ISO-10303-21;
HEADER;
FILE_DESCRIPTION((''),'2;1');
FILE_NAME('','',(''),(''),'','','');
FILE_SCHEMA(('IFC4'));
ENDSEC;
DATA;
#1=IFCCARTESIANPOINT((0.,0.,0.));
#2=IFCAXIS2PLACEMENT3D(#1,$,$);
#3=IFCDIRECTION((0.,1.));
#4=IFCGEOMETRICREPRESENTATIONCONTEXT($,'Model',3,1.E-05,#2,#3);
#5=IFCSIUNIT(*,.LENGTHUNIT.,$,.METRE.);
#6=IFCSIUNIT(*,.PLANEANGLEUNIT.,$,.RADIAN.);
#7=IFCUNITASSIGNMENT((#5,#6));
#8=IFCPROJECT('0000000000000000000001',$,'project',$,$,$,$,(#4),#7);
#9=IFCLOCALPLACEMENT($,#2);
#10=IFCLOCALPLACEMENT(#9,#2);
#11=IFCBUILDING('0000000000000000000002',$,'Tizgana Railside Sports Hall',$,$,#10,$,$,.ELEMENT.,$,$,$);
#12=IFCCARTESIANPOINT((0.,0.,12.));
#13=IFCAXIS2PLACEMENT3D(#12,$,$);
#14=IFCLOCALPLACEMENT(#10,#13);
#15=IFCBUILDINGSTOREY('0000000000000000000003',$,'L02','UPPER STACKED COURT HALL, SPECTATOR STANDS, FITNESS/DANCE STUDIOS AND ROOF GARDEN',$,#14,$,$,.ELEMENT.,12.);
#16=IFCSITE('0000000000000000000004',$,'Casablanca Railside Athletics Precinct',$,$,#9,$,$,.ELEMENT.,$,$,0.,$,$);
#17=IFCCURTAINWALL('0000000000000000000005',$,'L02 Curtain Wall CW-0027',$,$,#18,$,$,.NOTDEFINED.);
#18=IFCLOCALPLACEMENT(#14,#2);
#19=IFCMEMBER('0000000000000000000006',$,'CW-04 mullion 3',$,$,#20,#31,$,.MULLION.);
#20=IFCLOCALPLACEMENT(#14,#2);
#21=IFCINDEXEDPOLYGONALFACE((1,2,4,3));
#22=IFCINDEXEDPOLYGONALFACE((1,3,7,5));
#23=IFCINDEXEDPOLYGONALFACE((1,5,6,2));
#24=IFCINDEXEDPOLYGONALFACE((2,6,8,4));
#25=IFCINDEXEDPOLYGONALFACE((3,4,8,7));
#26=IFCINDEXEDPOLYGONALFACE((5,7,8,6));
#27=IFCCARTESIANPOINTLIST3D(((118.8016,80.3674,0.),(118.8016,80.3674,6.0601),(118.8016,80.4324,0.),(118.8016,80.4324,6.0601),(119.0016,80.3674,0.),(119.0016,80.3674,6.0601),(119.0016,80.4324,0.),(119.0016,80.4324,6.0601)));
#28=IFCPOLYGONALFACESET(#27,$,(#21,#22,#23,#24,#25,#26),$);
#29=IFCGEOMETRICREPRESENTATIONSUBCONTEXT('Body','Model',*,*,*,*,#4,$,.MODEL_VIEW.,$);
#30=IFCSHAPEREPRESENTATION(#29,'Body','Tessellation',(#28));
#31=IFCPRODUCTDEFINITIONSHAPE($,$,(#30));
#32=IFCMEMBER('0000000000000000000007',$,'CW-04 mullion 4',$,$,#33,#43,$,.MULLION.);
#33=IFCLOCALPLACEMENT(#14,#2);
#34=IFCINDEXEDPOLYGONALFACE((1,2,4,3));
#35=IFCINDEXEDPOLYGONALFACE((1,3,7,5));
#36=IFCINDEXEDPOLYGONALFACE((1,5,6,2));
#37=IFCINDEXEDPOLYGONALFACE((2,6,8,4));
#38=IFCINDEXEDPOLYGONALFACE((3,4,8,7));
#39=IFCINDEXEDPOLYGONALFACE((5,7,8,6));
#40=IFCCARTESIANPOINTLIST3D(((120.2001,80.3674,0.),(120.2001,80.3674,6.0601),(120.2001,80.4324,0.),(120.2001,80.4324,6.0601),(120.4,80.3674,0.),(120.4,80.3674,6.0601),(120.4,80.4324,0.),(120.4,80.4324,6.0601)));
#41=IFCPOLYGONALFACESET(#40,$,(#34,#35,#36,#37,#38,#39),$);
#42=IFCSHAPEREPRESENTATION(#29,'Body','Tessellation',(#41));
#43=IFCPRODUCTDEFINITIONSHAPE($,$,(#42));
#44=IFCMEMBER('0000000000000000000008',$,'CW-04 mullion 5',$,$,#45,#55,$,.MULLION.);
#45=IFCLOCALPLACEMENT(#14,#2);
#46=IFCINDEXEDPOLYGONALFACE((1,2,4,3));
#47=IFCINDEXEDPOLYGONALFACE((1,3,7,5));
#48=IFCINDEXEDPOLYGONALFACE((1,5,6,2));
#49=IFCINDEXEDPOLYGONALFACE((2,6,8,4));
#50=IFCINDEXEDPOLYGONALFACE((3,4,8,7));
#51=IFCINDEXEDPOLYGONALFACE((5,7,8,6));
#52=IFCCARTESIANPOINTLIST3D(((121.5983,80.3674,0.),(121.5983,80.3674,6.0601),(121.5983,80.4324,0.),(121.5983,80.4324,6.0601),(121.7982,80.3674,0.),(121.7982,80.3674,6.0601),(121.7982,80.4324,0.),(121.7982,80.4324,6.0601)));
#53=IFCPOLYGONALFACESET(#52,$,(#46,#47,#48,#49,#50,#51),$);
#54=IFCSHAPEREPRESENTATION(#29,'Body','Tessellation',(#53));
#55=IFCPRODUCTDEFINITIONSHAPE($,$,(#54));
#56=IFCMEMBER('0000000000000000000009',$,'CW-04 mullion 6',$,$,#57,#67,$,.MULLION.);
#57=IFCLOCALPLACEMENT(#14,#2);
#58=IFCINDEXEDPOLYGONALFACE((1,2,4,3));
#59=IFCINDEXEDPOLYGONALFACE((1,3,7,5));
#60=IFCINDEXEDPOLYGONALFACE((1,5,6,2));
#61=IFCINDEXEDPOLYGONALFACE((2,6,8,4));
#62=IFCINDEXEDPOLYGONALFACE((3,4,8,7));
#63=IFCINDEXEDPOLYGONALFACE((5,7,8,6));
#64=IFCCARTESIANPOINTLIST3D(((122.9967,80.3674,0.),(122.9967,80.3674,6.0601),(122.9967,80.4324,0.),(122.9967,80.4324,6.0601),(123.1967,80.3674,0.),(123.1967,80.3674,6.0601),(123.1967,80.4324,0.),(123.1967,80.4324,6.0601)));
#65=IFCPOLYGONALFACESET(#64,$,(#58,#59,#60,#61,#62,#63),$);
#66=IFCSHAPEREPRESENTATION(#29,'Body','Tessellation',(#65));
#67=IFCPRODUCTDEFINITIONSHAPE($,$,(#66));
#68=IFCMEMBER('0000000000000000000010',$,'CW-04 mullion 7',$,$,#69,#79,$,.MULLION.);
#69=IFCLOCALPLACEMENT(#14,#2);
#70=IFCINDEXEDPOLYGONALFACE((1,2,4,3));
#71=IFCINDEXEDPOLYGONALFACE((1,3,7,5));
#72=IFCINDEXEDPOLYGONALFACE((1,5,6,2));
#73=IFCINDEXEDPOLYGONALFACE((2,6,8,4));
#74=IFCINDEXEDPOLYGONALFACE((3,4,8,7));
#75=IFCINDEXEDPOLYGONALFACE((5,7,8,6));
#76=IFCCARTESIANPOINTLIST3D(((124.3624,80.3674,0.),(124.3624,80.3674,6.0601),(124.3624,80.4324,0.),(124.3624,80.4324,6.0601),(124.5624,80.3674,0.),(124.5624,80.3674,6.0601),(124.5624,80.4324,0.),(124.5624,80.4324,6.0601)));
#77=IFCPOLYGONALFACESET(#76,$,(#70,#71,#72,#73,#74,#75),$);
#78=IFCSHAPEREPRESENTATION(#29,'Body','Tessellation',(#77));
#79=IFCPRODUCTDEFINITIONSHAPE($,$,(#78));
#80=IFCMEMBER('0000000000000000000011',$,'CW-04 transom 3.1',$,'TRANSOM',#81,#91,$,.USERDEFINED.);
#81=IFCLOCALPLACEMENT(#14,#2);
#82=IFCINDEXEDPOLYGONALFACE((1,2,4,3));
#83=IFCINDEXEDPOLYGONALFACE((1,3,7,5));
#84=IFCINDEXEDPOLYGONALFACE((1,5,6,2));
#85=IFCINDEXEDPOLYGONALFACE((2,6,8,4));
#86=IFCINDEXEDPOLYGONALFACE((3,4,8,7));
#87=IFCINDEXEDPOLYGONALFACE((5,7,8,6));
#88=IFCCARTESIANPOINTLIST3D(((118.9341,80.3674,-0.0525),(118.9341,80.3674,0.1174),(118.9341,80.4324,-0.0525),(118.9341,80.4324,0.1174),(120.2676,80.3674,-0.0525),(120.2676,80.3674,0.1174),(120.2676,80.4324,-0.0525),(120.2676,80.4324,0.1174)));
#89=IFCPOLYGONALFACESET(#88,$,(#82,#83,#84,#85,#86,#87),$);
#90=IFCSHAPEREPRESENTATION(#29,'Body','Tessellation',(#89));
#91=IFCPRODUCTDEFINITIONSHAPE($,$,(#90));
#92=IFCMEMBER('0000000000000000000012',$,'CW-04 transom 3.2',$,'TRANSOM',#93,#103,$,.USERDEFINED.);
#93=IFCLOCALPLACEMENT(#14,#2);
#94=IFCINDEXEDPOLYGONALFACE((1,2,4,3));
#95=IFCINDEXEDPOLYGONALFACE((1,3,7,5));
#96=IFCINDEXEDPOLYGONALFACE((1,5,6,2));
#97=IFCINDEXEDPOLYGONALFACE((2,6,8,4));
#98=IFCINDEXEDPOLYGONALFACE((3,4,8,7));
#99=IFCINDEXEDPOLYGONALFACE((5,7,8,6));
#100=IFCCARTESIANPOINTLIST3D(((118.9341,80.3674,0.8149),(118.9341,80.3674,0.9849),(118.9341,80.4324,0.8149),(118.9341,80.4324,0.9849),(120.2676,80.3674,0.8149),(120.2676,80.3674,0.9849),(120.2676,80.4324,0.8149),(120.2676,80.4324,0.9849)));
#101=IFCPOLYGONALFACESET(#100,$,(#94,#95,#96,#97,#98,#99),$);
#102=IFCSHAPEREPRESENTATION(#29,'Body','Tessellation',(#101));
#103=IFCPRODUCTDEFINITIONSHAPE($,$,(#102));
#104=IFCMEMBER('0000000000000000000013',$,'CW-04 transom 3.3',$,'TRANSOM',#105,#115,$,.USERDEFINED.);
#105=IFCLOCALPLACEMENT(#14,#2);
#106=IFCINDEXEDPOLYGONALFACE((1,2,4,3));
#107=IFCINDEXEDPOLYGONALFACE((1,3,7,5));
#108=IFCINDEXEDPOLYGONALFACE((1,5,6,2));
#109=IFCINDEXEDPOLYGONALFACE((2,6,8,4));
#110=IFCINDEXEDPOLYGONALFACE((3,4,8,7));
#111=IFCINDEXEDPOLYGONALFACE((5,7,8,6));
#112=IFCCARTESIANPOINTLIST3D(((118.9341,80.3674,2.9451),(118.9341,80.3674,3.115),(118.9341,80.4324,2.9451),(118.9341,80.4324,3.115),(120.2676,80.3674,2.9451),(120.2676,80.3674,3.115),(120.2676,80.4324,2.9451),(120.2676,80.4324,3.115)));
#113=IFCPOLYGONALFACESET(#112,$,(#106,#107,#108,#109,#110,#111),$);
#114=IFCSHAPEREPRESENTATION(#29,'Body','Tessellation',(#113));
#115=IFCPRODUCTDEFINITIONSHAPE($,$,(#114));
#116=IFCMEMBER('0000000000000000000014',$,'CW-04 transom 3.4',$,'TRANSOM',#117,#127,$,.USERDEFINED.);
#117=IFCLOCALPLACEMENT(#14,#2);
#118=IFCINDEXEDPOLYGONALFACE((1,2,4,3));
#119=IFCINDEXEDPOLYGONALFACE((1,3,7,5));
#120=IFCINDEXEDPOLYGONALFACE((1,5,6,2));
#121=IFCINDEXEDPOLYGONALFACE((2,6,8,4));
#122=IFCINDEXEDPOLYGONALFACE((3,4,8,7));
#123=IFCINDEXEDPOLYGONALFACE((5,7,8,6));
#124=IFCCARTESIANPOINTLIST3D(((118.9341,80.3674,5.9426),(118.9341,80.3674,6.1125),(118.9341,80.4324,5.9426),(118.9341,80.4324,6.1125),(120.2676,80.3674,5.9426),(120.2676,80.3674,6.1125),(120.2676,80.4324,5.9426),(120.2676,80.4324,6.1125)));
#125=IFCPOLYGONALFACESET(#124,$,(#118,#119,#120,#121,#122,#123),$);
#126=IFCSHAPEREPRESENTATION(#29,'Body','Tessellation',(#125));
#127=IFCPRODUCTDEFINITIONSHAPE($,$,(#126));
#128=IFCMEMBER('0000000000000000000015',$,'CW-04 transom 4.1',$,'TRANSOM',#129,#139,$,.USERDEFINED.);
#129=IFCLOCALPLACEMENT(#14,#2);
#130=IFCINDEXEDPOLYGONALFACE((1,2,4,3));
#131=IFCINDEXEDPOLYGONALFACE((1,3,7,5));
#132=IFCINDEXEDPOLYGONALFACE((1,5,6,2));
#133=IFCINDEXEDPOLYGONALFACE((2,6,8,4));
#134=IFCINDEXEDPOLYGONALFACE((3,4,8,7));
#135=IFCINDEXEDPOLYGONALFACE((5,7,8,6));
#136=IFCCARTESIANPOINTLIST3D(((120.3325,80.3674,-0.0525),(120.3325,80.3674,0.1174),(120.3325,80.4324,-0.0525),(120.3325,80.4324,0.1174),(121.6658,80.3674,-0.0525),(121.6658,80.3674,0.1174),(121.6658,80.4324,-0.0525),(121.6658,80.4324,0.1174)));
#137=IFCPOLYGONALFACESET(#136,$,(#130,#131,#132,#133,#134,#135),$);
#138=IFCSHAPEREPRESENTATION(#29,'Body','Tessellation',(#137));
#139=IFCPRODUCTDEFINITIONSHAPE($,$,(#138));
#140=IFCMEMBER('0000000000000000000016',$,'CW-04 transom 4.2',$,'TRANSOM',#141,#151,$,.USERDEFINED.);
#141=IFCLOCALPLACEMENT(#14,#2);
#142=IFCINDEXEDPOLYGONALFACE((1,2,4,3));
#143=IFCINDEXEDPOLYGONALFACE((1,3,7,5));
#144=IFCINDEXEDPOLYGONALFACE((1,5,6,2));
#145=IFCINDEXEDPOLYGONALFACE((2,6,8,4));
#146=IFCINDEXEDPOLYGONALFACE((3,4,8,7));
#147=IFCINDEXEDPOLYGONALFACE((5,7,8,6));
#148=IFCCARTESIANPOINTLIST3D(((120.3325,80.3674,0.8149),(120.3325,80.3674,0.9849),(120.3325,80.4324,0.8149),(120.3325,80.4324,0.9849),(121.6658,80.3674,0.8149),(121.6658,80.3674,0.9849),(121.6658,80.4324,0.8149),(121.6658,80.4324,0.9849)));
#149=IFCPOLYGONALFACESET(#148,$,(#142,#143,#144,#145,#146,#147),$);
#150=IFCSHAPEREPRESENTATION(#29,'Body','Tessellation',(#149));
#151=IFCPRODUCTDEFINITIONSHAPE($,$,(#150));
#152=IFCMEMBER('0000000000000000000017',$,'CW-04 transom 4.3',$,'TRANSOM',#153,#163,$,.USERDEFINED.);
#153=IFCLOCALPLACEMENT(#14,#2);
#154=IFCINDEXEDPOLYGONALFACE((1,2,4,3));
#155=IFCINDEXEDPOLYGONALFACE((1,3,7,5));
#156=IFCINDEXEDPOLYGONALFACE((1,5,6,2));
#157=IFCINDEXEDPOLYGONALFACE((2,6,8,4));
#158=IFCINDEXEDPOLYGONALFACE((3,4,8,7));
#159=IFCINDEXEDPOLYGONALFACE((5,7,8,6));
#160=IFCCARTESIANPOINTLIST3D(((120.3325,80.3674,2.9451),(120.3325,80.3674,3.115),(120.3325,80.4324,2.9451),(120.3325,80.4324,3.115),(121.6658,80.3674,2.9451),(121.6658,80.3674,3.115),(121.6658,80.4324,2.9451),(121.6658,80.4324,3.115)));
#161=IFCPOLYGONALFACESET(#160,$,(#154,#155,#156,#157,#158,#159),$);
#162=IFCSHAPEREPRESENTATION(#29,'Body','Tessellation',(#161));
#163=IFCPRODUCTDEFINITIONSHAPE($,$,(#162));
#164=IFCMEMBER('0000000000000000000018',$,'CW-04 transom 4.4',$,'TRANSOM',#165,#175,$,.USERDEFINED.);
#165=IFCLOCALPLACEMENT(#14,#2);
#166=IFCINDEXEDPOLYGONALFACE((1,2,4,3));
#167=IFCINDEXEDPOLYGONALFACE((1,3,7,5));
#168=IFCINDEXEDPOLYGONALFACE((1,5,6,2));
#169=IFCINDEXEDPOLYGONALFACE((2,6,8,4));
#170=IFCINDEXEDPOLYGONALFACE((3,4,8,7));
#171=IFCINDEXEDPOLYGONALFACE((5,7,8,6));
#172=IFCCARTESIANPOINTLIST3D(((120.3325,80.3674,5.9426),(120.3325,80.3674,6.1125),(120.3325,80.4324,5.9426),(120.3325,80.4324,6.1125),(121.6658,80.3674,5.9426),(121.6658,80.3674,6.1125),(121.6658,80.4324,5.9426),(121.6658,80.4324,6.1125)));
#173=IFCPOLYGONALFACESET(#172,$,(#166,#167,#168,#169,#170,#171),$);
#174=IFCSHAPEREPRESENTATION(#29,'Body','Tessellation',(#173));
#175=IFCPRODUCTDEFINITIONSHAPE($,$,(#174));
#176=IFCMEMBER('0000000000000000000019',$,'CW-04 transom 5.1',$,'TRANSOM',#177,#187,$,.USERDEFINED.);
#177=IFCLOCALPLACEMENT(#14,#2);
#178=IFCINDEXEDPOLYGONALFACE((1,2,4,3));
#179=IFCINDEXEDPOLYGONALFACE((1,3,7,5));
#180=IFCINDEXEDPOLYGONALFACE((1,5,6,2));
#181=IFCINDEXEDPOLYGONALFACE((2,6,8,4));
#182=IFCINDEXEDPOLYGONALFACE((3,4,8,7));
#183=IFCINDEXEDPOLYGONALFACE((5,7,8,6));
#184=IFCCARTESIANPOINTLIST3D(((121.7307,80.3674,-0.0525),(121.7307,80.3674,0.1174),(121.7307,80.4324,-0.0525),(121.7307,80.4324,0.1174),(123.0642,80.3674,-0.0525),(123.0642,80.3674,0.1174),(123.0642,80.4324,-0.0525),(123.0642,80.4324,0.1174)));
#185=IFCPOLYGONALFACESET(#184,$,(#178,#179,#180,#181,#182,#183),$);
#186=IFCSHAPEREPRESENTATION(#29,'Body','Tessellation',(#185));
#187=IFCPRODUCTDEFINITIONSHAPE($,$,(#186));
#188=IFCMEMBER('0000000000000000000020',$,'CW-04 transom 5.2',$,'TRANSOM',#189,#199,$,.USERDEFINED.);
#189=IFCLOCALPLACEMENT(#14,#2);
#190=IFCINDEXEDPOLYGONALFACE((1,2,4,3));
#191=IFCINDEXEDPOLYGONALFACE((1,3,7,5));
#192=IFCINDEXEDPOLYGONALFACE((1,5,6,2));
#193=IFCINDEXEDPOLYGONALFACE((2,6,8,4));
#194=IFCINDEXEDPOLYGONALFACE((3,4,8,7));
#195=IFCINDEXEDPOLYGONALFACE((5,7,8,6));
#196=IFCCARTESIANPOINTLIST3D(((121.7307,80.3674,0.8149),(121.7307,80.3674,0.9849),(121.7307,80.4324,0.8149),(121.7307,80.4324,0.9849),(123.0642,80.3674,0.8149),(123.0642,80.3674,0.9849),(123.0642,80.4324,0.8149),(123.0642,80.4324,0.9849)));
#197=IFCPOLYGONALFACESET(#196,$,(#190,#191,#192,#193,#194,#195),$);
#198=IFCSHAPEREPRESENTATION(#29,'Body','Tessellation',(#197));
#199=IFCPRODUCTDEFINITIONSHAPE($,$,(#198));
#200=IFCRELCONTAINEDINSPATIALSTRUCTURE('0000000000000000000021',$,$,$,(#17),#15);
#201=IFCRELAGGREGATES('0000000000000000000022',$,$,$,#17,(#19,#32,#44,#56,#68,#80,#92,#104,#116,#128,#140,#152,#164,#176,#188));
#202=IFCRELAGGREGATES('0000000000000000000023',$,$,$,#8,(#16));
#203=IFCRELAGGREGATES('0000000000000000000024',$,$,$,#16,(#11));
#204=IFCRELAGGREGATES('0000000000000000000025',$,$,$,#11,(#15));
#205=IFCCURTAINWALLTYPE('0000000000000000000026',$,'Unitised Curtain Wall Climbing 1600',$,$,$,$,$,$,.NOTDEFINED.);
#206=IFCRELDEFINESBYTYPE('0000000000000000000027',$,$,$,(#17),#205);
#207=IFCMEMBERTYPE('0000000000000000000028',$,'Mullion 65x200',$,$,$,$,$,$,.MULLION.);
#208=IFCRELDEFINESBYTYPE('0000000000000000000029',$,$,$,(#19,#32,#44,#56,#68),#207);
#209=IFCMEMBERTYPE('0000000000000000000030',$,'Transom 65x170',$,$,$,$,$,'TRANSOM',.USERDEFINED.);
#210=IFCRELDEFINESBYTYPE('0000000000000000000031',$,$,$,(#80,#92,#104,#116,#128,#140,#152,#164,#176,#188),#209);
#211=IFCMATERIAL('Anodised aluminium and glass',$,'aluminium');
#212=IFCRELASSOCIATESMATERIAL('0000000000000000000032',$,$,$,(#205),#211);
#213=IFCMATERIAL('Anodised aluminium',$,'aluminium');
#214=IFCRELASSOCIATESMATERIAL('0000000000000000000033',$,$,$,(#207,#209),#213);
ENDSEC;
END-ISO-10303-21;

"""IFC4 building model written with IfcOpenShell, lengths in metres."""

from ifc_helpers import new_model, si_unit, direction, frame, origin, origin_2d, place, context, subcontext, project, spatial, rectangle, extrude, material, material_profile, profile_set, type_object, element, aggregate, save


model = new_model("IFC4")

# Units and contexts
model_context = context("Model", 3, precision=1e-05, world=origin(), true_north=direction((0.0, 1.0)))
body_context = subcontext(model_context, "Body", "Model", "MODEL_VIEW")
ifc_project = project(units=[si_unit("LENGTHUNIT", "METRE"), si_unit("PLANEANGLEUNIT", "RADIAN")], contexts=[model_context])

# Site, building, storey
site_placement = place(None, origin())
site = spatial("IfcSite", under=ifc_project, at=site_placement, Name="Casablanca Railside Athletics Precinct", CompositionType="ELEMENT", RefElevation=0.0)
building_placement = place(site_placement, origin())
building = spatial("IfcBuilding", under=site, at=building_placement, Name="Tizgana Railside Sports Hall", CompositionType="ELEMENT")
storey_placement = place(building_placement, frame((0.0, 0.0, 12.0)))
storey = spatial("IfcBuildingStorey", under=building, at=storey_placement, Name="L02", Description="UPPER STACKED COURT HALL, SPECTATOR STANDS, FITNESS/DANCE STUDIOS AND ROOF GARDEN", CompositionType="ELEMENT", Elevation=12.0)

# Curtain wall, members
ifc_material_1 = material(Name="Anodised aluminium and glass", Category="aluminium")
curtain_wall_type = type_object("IfcCurtainWallType", Name="Unitised Curtain Wall Climbing 1600", PredefinedType="NOTDEFINED", material=ifc_material_1)
curtain_wall_placement = place(storey_placement, origin())
curtain_wall = element("IfcCurtainWall", 1, at=curtain_wall_placement, inside=storey, type_object=curtain_wall_type, Name="L02 Curtain Wall CW-0027", PredefinedType="NOTDEFINED")
ifc_material_2 = material(Name="Anodised aluminium", Category="aluminium")
ifc_material_profile_1 = material_profile(ifc_material_2, rectangle(XDim=0.0649, YDim=0.2, at=origin_2d()), Name="Mullion 65x200")
ifc_profile_set_1 = profile_set([ifc_material_profile_1], Name="Anodised aluminium")
member_type_1 = type_object("IfcMemberType", Name="Mullion 65x200", PredefinedType="MULLION", material=ifc_profile_set_1)
member_1_placement = place(storey_placement, frame((118.9016, 80.3999, 0.0), z_axis=(0.0, 0.0, 1.0), x_axis=(0.0, 1.0, 0.0)))
member_1 = element("IfcMember", 2, at=member_1_placement, type_object=member_type_1, Name="CW-04 mullion 3", PredefinedType="MULLION", context=body_context, shape_type="SweptSolid", body=[
    extrude(rectangle(XDim=0.0649, YDim=0.2, at=origin_2d()), origin(), (0.0, 0.0, 1.0), 6.0601),
])
member_2_placement = place(storey_placement, frame((120.3, 80.3999, 0.0), z_axis=(0.0, 0.0, 1.0), x_axis=(0.0, 1.0, 0.0)))
member_2 = element("IfcMember", 3, at=member_2_placement, type_object=member_type_1, Name="CW-04 mullion 4", PredefinedType="MULLION", context=body_context, shape_type="SweptSolid", body=[
    extrude(rectangle(XDim=0.0649, YDim=0.2, at=origin_2d()), origin(), (0.0, 0.0, 1.0), 6.0601),
])
member_3_placement = place(storey_placement, frame((121.6982, 80.3999, 0.0), z_axis=(0.0, 0.0, 1.0), x_axis=(0.0, 1.0, 0.0)))
member_3 = element("IfcMember", 4, at=member_3_placement, type_object=member_type_1, Name="CW-04 mullion 5", PredefinedType="MULLION", context=body_context, shape_type="SweptSolid", body=[
    extrude(rectangle(XDim=0.0649, YDim=0.2, at=origin_2d()), origin(), (0.0, 0.0, 1.0), 6.0601),
])
member_4_placement = place(storey_placement, frame((123.0967, 80.3999, 0.0), z_axis=(0.0, 0.0, 1.0), x_axis=(0.0, 1.0, 0.0)))
member_4 = element("IfcMember", 5, at=member_4_placement, type_object=member_type_1, Name="CW-04 mullion 6", PredefinedType="MULLION", context=body_context, shape_type="SweptSolid", body=[
    extrude(rectangle(XDim=0.0649, YDim=0.2, at=origin_2d()), origin(), (0.0, 0.0, 1.0), 6.0601),
])
member_5_placement = place(storey_placement, frame((124.4624, 80.3999, 0.0), z_axis=(0.0, 0.0, 1.0), x_axis=(0.0, 1.0, 0.0)))
member_5 = element("IfcMember", 6, at=member_5_placement, type_object=member_type_1, Name="CW-04 mullion 7", PredefinedType="MULLION", context=body_context, shape_type="SweptSolid", body=[
    extrude(rectangle(XDim=0.0649, YDim=0.2, at=origin_2d()), origin(), (0.0, 0.0, 1.0), 6.0601),
])
ifc_material_profile_2 = material_profile(ifc_material_2, rectangle(XDim=0.0649, YDim=0.1699, at=origin_2d()), Name="Transom 65x170")
ifc_profile_set_2 = profile_set([ifc_material_profile_2], Name="Anodised aluminium")
member_type_2 = type_object("IfcMemberType", Name="Transom 65x170", ElementType="TRANSOM", PredefinedType="USERDEFINED", material=ifc_profile_set_2)
member_6_placement = place(storey_placement, frame((118.9341, 80.3999, 0.0325), z_axis=(1.0, 0.0, 0.0), x_axis=(0.0, 1.0, 0.0)))
member_6 = element("IfcMember", 7, at=member_6_placement, type_object=member_type_2, Name="CW-04 transom 3.1", ObjectType="TRANSOM", PredefinedType="USERDEFINED", context=body_context, shape_type="SweptSolid", body=[
    extrude(rectangle(XDim=0.0649, YDim=0.1699, at=origin_2d()), origin(), (0.0, 0.0, 1.0), 1.3335),
])
member_7_placement = place(storey_placement, frame((118.9341, 80.3999, 0.8999), z_axis=(1.0, 0.0, 0.0), x_axis=(0.0, 1.0, 0.0)))
member_7 = element("IfcMember", 8, at=member_7_placement, type_object=member_type_2, Name="CW-04 transom 3.2", ObjectType="TRANSOM", PredefinedType="USERDEFINED", context=body_context, shape_type="SweptSolid", body=[
    extrude(rectangle(XDim=0.0649, YDim=0.1699, at=origin_2d()), origin(), (0.0, 0.0, 1.0), 1.3335),
])
member_8_placement = place(storey_placement, frame((118.9341, 80.3999, 3.03), z_axis=(1.0, 0.0, 0.0), x_axis=(0.0, 1.0, 0.0)))
member_8 = element("IfcMember", 9, at=member_8_placement, type_object=member_type_2, Name="CW-04 transom 3.3", ObjectType="TRANSOM", PredefinedType="USERDEFINED", context=body_context, shape_type="SweptSolid", body=[
    extrude(rectangle(XDim=0.0649, YDim=0.1699, at=origin_2d()), origin(), (0.0, 0.0, 1.0), 1.3335),
])
member_9_placement = place(storey_placement, frame((118.9341, 80.3999, 6.0276), z_axis=(1.0, 0.0, 0.0), x_axis=(0.0, 1.0, 0.0)))
member_9 = element("IfcMember", 10, at=member_9_placement, type_object=member_type_2, Name="CW-04 transom 3.4", ObjectType="TRANSOM", PredefinedType="USERDEFINED", context=body_context, shape_type="SweptSolid", body=[
    extrude(rectangle(XDim=0.0649, YDim=0.1699, at=origin_2d()), origin(), (0.0, 0.0, 1.0), 1.3335),
])
member_10_placement = place(storey_placement, frame((120.3325, 80.3999, 0.0325), z_axis=(1.0, 0.0, 0.0), x_axis=(0.0, 1.0, 0.0)))
member_10 = element("IfcMember", 11, at=member_10_placement, type_object=member_type_2, Name="CW-04 transom 4.1", ObjectType="TRANSOM", PredefinedType="USERDEFINED", context=body_context, shape_type="SweptSolid", body=[
    extrude(rectangle(XDim=0.0649, YDim=0.1699, at=origin_2d()), origin(), (0.0, 0.0, 1.0), 1.3333),
])
member_11_placement = place(storey_placement, frame((120.3325, 80.3999, 0.8999), z_axis=(1.0, 0.0, 0.0), x_axis=(0.0, 1.0, 0.0)))
member_11 = element("IfcMember", 12, at=member_11_placement, type_object=member_type_2, Name="CW-04 transom 4.2", ObjectType="TRANSOM", PredefinedType="USERDEFINED", context=body_context, shape_type="SweptSolid", body=[
    extrude(rectangle(XDim=0.0649, YDim=0.1699, at=origin_2d()), origin(), (0.0, 0.0, 1.0), 1.3333),
])
member_12_placement = place(storey_placement, frame((120.3325, 80.3999, 3.03), z_axis=(1.0, 0.0, 0.0), x_axis=(0.0, 1.0, 0.0)))
member_12 = element("IfcMember", 13, at=member_12_placement, type_object=member_type_2, Name="CW-04 transom 4.3", ObjectType="TRANSOM", PredefinedType="USERDEFINED", context=body_context, shape_type="SweptSolid", body=[
    extrude(rectangle(XDim=0.0649, YDim=0.1699, at=origin_2d()), origin(), (0.0, 0.0, 1.0), 1.3333),
])
member_13_placement = place(storey_placement, frame((120.3325, 80.3999, 6.0276), z_axis=(1.0, 0.0, 0.0), x_axis=(0.0, 1.0, 0.0)))
member_13 = element("IfcMember", 14, at=member_13_placement, type_object=member_type_2, Name="CW-04 transom 4.4", ObjectType="TRANSOM", PredefinedType="USERDEFINED", context=body_context, shape_type="SweptSolid", body=[
    extrude(rectangle(XDim=0.0649, YDim=0.1699, at=origin_2d()), origin(), (0.0, 0.0, 1.0), 1.3333),
])
member_14_placement = place(storey_placement, frame((121.7307, 80.3999, 0.0325), z_axis=(1.0, 0.0, 0.0), x_axis=(0.0, 1.0, 0.0)))
member_14 = element("IfcMember", 15, at=member_14_placement, type_object=member_type_2, Name="CW-04 transom 5.1", ObjectType="TRANSOM", PredefinedType="USERDEFINED", context=body_context, shape_type="SweptSolid", body=[
    extrude(rectangle(XDim=0.0649, YDim=0.1699, at=origin_2d()), origin(), (0.0, 0.0, 1.0), 1.3335),
])
member_15_placement = place(storey_placement, frame((121.7307, 80.3999, 0.8999), z_axis=(1.0, 0.0, 0.0), x_axis=(0.0, 1.0, 0.0)))
member_15 = element("IfcMember", 16, at=member_15_placement, type_object=member_type_2, Name="CW-04 transom 5.2", ObjectType="TRANSOM", PredefinedType="USERDEFINED", context=body_context, shape_type="SweptSolid", body=[
    extrude(rectangle(XDim=0.0649, YDim=0.1699, at=origin_2d()), origin(), (0.0, 0.0, 1.0), 1.3335),
])
aggregate(curtain_wall, [member_1, member_2, member_3, member_4, member_5, member_6, member_7, member_8, member_9, member_10, member_11, member_12, member_13, member_14, member_15])

save(model, "model.ifc")
